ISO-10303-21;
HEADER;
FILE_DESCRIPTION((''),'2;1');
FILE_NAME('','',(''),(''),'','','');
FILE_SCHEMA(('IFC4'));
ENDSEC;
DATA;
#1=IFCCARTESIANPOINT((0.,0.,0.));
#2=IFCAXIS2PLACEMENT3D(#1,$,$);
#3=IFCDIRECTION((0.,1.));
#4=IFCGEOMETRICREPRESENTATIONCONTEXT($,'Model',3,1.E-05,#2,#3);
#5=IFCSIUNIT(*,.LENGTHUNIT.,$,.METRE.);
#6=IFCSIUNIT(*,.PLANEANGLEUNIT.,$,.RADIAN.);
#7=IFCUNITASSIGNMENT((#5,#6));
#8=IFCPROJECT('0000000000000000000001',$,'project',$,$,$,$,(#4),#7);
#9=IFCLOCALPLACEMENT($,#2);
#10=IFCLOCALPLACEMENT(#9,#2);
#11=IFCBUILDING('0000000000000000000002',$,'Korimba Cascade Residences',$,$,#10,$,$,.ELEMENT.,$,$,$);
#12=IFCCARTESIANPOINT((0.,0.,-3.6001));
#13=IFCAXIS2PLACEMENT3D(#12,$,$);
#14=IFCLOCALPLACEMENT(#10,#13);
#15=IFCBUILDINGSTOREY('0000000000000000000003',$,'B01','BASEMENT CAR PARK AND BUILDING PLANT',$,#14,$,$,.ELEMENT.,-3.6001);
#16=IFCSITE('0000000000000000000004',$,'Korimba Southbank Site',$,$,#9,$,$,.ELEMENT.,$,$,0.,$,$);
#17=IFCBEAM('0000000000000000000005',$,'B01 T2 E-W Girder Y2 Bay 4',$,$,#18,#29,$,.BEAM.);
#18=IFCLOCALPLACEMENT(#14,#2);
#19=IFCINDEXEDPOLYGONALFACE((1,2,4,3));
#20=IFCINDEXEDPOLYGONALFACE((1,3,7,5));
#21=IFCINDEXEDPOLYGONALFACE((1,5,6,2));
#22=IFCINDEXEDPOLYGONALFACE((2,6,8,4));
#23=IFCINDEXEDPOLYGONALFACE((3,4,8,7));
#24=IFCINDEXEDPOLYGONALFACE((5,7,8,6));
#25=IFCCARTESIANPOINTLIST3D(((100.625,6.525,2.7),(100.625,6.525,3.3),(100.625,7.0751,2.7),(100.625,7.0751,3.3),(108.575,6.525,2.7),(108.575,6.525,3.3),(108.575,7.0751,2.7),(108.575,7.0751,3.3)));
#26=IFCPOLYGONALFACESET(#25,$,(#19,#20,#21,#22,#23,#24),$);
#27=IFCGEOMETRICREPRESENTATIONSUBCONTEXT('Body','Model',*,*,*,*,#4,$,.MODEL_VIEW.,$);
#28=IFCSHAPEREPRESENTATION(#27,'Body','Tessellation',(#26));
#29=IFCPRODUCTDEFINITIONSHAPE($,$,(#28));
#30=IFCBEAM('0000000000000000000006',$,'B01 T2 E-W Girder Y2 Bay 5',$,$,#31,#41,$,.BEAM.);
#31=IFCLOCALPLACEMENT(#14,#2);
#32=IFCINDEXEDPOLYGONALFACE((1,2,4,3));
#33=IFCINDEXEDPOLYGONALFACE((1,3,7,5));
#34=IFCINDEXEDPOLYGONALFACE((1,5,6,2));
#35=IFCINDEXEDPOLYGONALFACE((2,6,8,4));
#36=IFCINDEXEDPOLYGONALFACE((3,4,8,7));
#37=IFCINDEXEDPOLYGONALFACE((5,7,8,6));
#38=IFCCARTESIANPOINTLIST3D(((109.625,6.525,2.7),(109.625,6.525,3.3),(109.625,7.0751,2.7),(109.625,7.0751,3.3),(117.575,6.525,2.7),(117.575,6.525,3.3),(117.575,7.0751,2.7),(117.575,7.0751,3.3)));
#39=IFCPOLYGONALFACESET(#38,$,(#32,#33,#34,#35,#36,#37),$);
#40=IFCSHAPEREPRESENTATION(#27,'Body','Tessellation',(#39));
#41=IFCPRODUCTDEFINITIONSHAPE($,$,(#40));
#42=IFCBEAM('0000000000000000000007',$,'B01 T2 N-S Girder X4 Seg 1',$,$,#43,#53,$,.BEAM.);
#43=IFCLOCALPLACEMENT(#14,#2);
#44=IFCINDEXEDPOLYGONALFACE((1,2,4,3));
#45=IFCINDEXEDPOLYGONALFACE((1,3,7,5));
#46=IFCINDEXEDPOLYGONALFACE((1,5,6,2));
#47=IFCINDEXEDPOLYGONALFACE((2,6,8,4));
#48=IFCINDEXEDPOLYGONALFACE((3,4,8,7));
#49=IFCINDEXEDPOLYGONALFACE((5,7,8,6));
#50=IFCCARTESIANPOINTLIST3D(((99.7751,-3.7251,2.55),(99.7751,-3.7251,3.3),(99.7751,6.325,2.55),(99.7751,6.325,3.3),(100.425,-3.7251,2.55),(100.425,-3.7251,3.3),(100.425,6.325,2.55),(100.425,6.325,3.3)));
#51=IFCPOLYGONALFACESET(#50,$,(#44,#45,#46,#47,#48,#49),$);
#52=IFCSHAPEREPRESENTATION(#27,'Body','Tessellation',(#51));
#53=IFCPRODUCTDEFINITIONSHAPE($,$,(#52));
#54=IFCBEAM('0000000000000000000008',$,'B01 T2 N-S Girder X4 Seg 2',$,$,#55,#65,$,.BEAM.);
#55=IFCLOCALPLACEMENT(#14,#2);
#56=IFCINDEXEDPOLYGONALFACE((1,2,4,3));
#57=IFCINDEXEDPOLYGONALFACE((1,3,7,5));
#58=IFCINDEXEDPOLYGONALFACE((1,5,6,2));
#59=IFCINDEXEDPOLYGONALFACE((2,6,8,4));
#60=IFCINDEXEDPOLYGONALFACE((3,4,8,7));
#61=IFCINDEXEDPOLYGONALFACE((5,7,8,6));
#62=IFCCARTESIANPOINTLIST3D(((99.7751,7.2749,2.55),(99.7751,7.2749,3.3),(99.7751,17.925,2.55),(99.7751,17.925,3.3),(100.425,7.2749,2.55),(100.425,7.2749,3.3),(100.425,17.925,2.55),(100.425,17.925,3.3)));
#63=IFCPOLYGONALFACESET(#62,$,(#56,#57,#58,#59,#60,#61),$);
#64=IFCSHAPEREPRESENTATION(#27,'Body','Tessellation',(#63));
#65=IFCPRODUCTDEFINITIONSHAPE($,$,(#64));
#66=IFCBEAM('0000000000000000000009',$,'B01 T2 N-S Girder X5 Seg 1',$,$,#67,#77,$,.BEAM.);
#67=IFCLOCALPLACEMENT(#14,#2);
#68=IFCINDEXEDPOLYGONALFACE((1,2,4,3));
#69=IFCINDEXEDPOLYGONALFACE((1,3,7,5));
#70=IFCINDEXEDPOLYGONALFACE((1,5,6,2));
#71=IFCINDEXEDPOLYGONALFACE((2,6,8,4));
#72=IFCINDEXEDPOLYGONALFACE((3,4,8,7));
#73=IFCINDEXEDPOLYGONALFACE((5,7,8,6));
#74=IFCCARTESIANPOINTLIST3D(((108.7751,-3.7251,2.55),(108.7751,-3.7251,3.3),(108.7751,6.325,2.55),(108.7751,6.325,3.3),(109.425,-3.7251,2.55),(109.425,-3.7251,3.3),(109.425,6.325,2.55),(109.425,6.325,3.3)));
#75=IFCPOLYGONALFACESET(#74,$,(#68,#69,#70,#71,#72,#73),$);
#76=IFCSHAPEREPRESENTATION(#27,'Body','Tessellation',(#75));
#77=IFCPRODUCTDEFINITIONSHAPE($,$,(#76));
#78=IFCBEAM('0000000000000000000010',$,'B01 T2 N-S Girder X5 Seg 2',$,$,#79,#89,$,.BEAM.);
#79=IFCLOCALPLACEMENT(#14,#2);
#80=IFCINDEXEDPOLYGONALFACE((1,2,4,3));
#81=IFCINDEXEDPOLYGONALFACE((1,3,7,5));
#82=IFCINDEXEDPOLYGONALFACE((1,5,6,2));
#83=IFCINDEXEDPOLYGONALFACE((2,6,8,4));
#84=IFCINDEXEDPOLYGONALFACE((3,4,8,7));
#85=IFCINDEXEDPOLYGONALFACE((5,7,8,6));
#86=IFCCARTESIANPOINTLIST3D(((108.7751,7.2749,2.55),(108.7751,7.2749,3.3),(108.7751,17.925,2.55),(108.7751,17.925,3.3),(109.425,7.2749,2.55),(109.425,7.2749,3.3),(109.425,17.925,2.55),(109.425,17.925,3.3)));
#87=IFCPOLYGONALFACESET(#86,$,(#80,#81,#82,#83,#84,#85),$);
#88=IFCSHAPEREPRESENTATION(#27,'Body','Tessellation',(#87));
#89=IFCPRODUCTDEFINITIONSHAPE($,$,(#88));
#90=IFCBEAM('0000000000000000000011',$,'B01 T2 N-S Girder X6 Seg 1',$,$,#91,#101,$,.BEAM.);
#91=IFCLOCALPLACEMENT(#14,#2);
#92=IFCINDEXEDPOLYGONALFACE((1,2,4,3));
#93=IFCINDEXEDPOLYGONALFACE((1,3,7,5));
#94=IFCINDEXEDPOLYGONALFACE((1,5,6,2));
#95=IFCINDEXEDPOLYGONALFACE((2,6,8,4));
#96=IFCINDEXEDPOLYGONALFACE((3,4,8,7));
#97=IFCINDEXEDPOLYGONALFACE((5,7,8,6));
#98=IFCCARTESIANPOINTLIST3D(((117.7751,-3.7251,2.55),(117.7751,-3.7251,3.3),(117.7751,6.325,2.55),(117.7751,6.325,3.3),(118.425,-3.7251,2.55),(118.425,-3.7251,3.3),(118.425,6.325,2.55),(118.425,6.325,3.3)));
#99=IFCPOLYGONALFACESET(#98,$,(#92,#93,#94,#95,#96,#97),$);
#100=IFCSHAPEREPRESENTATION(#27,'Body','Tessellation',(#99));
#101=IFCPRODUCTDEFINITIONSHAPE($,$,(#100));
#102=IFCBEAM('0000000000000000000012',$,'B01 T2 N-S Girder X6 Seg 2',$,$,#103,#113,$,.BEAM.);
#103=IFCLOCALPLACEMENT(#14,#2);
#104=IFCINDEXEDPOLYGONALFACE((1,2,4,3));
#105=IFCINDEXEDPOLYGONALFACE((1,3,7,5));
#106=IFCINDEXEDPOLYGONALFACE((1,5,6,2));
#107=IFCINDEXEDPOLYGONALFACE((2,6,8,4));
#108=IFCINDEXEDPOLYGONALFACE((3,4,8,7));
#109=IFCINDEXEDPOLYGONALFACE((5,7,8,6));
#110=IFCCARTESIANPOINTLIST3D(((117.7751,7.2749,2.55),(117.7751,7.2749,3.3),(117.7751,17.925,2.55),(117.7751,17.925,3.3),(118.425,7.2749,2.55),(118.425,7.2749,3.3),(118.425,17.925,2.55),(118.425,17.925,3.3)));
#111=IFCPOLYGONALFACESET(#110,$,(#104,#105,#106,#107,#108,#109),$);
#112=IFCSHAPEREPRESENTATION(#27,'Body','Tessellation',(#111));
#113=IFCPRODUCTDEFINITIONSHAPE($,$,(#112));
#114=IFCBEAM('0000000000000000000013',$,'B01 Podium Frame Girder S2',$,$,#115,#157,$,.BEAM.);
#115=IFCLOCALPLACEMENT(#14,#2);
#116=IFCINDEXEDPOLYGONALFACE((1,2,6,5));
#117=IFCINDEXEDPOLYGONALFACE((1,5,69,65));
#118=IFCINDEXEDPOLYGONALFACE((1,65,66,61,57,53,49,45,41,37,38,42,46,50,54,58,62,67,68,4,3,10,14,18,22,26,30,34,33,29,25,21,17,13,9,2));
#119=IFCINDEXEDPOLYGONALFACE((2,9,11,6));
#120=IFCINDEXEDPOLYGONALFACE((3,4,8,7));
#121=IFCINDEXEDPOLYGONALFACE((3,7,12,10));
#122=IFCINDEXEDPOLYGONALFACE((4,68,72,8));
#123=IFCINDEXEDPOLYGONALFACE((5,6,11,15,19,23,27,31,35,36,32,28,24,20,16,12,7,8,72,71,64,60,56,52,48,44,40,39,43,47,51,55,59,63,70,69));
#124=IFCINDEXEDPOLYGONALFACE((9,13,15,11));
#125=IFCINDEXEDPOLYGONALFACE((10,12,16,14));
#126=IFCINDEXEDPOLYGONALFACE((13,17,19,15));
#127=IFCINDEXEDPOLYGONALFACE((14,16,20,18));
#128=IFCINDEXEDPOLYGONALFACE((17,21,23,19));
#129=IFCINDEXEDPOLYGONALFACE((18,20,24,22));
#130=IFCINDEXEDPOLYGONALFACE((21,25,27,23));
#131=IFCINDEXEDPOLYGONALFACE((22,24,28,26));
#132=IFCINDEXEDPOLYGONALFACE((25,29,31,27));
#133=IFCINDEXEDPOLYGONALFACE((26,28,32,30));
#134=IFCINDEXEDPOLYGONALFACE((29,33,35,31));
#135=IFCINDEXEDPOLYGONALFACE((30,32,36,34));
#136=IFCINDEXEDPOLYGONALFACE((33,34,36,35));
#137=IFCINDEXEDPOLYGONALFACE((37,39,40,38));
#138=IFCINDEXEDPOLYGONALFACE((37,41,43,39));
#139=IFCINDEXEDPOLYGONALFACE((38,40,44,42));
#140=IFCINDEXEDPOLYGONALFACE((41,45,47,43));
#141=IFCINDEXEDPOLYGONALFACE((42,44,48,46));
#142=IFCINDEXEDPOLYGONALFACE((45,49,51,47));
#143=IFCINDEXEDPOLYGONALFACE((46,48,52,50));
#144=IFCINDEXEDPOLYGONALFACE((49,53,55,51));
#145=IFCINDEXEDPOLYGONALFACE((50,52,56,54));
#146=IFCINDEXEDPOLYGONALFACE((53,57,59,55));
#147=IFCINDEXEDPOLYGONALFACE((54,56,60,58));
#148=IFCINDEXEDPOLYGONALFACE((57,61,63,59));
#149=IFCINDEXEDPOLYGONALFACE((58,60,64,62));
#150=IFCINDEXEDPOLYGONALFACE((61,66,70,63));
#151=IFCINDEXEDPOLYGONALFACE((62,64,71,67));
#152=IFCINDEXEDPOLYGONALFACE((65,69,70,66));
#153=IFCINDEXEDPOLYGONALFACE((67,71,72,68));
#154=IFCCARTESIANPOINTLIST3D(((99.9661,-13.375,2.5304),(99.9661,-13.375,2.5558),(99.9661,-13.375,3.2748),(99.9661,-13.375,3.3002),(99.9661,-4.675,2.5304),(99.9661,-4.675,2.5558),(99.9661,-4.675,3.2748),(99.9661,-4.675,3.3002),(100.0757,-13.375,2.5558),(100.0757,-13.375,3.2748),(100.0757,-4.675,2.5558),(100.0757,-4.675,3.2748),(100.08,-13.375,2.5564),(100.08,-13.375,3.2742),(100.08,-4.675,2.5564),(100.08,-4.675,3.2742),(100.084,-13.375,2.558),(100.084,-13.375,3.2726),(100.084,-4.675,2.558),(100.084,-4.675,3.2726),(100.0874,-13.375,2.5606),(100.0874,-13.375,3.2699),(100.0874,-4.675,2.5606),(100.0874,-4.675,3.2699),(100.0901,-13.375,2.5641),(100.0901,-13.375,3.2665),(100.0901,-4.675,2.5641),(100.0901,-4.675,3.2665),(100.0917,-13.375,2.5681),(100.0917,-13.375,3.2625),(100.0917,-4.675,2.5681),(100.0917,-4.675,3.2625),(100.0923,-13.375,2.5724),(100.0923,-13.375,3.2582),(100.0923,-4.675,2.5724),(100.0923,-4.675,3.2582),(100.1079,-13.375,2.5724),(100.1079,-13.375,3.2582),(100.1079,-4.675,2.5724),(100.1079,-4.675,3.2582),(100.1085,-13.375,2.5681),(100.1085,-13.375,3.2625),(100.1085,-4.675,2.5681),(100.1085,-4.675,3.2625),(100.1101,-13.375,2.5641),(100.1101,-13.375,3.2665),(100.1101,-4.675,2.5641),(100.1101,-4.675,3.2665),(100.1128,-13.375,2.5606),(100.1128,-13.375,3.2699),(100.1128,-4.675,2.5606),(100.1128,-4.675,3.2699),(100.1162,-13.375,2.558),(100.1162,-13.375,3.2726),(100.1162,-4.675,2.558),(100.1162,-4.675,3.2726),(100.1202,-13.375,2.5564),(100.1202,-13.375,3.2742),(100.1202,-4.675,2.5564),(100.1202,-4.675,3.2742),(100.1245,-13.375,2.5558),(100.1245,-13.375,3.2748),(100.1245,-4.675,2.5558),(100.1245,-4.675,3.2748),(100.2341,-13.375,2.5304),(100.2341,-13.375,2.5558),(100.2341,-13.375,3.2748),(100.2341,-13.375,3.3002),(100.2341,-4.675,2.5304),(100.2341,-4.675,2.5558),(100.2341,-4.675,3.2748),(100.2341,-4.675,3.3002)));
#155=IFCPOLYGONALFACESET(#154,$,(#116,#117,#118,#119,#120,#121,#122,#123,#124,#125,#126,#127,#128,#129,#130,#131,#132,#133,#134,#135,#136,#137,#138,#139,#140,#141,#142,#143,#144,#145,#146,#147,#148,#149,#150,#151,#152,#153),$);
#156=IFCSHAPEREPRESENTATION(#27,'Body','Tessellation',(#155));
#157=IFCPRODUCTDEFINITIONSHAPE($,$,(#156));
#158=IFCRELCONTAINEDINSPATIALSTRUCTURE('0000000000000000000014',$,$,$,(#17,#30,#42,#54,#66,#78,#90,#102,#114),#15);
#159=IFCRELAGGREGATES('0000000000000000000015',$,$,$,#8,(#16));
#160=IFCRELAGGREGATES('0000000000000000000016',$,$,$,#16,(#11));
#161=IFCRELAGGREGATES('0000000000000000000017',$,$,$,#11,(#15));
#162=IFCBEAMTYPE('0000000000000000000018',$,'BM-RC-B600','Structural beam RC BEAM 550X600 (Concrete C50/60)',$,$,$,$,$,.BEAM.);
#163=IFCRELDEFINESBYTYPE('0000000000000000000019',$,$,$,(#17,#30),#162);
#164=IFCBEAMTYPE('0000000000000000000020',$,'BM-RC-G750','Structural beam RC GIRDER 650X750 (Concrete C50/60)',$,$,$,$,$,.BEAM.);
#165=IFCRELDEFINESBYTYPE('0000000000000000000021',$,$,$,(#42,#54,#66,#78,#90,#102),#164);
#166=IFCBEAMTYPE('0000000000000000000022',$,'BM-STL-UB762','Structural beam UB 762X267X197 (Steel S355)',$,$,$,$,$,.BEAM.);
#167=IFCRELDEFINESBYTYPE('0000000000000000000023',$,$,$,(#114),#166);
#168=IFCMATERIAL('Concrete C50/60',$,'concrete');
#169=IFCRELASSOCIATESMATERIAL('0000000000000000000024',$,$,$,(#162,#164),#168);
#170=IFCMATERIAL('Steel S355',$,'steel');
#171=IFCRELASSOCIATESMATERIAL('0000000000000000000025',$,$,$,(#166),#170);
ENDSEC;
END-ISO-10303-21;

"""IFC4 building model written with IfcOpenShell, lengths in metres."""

from ifc_helpers import new_model, si_unit, direction, frame, origin, origin_2d, place, context, subcontext, project, spatial, rectangle, i_section, extrude, material, material_profile, profile_set, type_object, element, save


model = new_model("IFC4")

# Units and contexts
model_context = context("Model", 3, precision=1e-05, world=origin(), true_north=direction((0.0, 1.0)))
body_context = subcontext(model_context, "Body", "Model", "MODEL_VIEW")
ifc_project = project(units=[si_unit("LENGTHUNIT", "METRE"), si_unit("PLANEANGLEUNIT", "RADIAN")], contexts=[model_context])

# Site, building, storey
site_placement = place(None, origin())
site = spatial("IfcSite", under=ifc_project, at=site_placement, Name="Korimba Southbank Site", CompositionType="ELEMENT", RefElevation=0.0)
building_placement = place(site_placement, origin())
building = spatial("IfcBuilding", under=site, at=building_placement, Name="Korimba Cascade Residences", CompositionType="ELEMENT")
storey_placement = place(building_placement, frame((0.0, 0.0, -3.6001)))
storey = spatial("IfcBuildingStorey", under=building, at=storey_placement, Name="B01", Description="BASEMENT CAR PARK AND BUILDING PLANT", CompositionType="ELEMENT", Elevation=-3.6001)

# Shared definitions
ifc_material_1 = material(Name="Concrete C50/60", Category="concrete")

# Beams
ifc_material_profile_1 = material_profile(ifc_material_1, rectangle(XDim=0.55, YDim=0.6001, at=origin_2d()), Name="Concrete C50/60")
ifc_profile_set_1 = profile_set([ifc_material_profile_1], Name="Concrete C50/60")
beam_type_1 = type_object("IfcBeamType", Name="BM-RC-B600", Description="Structural beam RC BEAM 550X600 (Concrete C50/60)", PredefinedType="BEAM", material=ifc_profile_set_1)
for number, where, z_axis, x_axis, name in (
    (1, (100.625, 6.8, 3.0), (1.0, 0.0, 0.0), (0.0, 1.0, 0.0), "B01 T2 E-W Girder Y2 Bay 4"),
    (2, (109.625, 6.8, 3.0), (1.0, 0.0, 0.0), (0.0, 1.0, 0.0), "B01 T2 E-W Girder Y2 Bay 5"),
):
    element("IfcBeam", number, at=place(storey_placement, frame(where, z_axis=z_axis, x_axis=x_axis)), inside=storey, type_object=beam_type_1, Name=name, PredefinedType="BEAM", context=body_context, shape_type="SweptSolid", body=[
        extrude(rectangle(XDim=0.55, YDim=0.6001, at=origin_2d()), origin(), (0.0, 0.0, 1.0), 7.95),
    ])
ifc_material_profile_2 = material_profile(ifc_material_1, rectangle(XDim=0.6499, YDim=0.75, at=origin_2d()), Name="Concrete C50/60")
ifc_profile_set_2 = profile_set([ifc_material_profile_2], Name="Concrete C50/60")
beam_type_2 = type_object("IfcBeamType", Name="BM-RC-G750", Description="Structural beam RC GIRDER 650X750 (Concrete C50/60)", PredefinedType="BEAM", material=ifc_profile_set_2)
beam_1_placement = place(storey_placement, frame((100.1001, -3.7251, 2.925), z_axis=(0.0, 1.0, 0.0), x_axis=(-1.0, 0.0, 0.0)))
element("IfcBeam", 3, at=beam_1_placement, inside=storey, type_object=beam_type_2, Name="B01 T2 N-S Girder X4 Seg 1", PredefinedType="BEAM", context=body_context, shape_type="SweptSolid", body=[
    extrude(rectangle(XDim=0.6499, YDim=0.75, at=origin_2d()), origin(), (0.0, 0.0, 1.0), 10.05),
])
beam_2_placement = place(storey_placement, frame((100.1001, 7.2749, 2.925), z_axis=(0.0, 1.0, 0.0), x_axis=(-1.0, 0.0, 0.0)))
element("IfcBeam", 4, at=beam_2_placement, inside=storey, type_object=beam_type_2, Name="B01 T2 N-S Girder X4 Seg 2", PredefinedType="BEAM", context=body_context, shape_type="SweptSolid", body=[
    extrude(rectangle(XDim=0.6499, YDim=0.75, at=origin_2d()), origin(), (0.0, 0.0, 1.0), 10.6501),
])
beam_3_placement = place(storey_placement, frame((109.1001, -3.7251, 2.925), z_axis=(0.0, 1.0, 0.0), x_axis=(-1.0, 0.0, 0.0)))
element("IfcBeam", 5, at=beam_3_placement, inside=storey, type_object=beam_type_2, Name="B01 T2 N-S Girder X5 Seg 1", PredefinedType="BEAM", context=body_context, shape_type="SweptSolid", body=[
    extrude(rectangle(XDim=0.6499, YDim=0.75, at=origin_2d()), origin(), (0.0, 0.0, 1.0), 10.05),
])
beam_4_placement = place(storey_placement, frame((109.1001, 7.2749, 2.925), z_axis=(0.0, 1.0, 0.0), x_axis=(-1.0, 0.0, 0.0)))
element("IfcBeam", 6, at=beam_4_placement, inside=storey, type_object=beam_type_2, Name="B01 T2 N-S Girder X5 Seg 2", PredefinedType="BEAM", context=body_context, shape_type="SweptSolid", body=[
    extrude(rectangle(XDim=0.6499, YDim=0.75, at=origin_2d()), origin(), (0.0, 0.0, 1.0), 10.6501),
])
beam_5_placement = place(storey_placement, frame((118.1001, -3.7251, 2.925), z_axis=(0.0, 1.0, 0.0), x_axis=(-1.0, 0.0, 0.0)))
element("IfcBeam", 7, at=beam_5_placement, inside=storey, type_object=beam_type_2, Name="B01 T2 N-S Girder X6 Seg 1", PredefinedType="BEAM", context=body_context, shape_type="SweptSolid", body=[
    extrude(rectangle(XDim=0.6499, YDim=0.75, at=origin_2d()), origin(), (0.0, 0.0, 1.0), 10.05),
])
beam_6_placement = place(storey_placement, frame((118.1001, 7.2749, 2.925), z_axis=(0.0, 1.0, 0.0), x_axis=(-1.0, 0.0, 0.0)))
element("IfcBeam", 8, at=beam_6_placement, inside=storey, type_object=beam_type_2, Name="B01 T2 N-S Girder X6 Seg 2", PredefinedType="BEAM", context=body_context, shape_type="SweptSolid", body=[
    extrude(rectangle(XDim=0.6499, YDim=0.75, at=origin_2d()), origin(), (0.0, 0.0, 1.0), 10.6501),
])
ifc_material_2 = material(Name="Steel S355", Category="steel")
ifc_material_profile_3 = material_profile(ifc_material_2, i_section(OverallWidth=0.2681, OverallDepth=0.7698, WebThickness=0.0156, FlangeThickness=0.0254, FilletRadius=0.0166, at=origin_2d()), Name="Steel S355")
ifc_profile_set_3 = profile_set([ifc_material_profile_3], Name="Steel S355")
beam_type_3 = type_object("IfcBeamType", Name="BM-STL-UB762", Description="Structural beam UB 762X267X197 (Steel S355)", PredefinedType="BEAM", material=ifc_profile_set_3)
beam_7_placement = place(storey_placement, frame((100.1001, -13.375, 2.9153), z_axis=(0.0, 1.0, 0.0), x_axis=(-1.0, 0.0, 0.0)))
element("IfcBeam", 9, at=beam_7_placement, inside=storey, type_object=beam_type_3, Name="B01 Podium Frame Girder S2", PredefinedType="BEAM", context=body_context, shape_type="SweptSolid", body=[
    extrude(i_section(OverallWidth=0.2681, OverallDepth=0.7698, WebThickness=0.0156, FlangeThickness=0.0254, FilletRadius=0.0166, at=origin_2d()), origin(), (0.0, 0.0, 1.0), 8.7),
])

save(model, "model.ifc")
